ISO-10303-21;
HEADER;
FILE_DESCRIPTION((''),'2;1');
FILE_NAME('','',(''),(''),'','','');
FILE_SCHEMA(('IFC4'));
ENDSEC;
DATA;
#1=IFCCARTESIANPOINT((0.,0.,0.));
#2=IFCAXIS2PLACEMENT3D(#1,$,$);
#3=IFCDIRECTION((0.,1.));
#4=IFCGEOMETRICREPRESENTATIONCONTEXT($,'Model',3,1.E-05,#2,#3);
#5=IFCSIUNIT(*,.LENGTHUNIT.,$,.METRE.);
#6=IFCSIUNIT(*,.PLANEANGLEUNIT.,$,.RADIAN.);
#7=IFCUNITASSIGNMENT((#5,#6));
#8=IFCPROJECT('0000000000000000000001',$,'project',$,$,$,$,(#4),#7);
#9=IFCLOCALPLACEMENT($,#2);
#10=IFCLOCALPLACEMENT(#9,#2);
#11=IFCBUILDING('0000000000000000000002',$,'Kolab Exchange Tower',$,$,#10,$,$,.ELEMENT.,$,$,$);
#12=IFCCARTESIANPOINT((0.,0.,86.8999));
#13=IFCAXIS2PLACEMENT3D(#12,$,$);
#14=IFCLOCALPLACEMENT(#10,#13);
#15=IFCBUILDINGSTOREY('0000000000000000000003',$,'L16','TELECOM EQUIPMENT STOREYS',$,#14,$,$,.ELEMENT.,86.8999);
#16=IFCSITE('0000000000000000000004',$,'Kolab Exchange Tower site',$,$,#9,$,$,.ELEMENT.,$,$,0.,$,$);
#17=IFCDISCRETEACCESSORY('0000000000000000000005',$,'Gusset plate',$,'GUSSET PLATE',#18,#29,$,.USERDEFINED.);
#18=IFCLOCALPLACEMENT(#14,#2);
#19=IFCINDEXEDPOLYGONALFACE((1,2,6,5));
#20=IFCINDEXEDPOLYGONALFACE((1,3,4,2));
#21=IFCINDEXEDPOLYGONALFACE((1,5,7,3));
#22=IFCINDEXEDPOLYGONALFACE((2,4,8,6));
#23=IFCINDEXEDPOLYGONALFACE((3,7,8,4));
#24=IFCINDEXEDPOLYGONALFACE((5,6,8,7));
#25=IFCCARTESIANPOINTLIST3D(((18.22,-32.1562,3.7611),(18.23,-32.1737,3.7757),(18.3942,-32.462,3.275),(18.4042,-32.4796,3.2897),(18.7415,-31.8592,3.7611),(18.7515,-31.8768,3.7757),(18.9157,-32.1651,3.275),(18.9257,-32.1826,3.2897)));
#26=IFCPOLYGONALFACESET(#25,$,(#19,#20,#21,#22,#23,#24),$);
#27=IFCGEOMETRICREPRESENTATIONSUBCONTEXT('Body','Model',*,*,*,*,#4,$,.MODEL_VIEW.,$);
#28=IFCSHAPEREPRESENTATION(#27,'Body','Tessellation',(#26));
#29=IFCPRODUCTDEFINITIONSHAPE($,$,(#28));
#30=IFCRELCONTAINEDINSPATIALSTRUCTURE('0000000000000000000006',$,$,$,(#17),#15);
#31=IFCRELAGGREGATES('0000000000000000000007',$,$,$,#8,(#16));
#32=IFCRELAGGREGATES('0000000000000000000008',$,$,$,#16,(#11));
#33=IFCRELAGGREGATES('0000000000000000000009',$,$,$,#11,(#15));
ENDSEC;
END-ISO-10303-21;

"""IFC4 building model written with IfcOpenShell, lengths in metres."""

from ifc_helpers import new_model, si_unit, direction, frame, origin, origin_2d, place, context, subcontext, project, spatial, rectangle, extrude, element, save


model = new_model("IFC4")

# Units and contexts
model_context = context("Model", 3, precision=1e-05, world=origin(), true_north=direction((0.0, 1.0)))
body_context = subcontext(model_context, "Body", "Model", "MODEL_VIEW")
ifc_project = project(units=[si_unit("LENGTHUNIT", "METRE"), si_unit("PLANEANGLEUNIT", "RADIAN")], contexts=[model_context])

# Site, building, storey
site_placement = place(None, origin())
site = spatial("IfcSite", under=ifc_project, at=site_placement, Name="Kolab Exchange Tower site", CompositionType="ELEMENT", RefElevation=0.0)
building_placement = place(site_placement, origin())
building = spatial("IfcBuilding", under=site, at=building_placement, Name="Kolab Exchange Tower", CompositionType="ELEMENT")
storey_placement = place(building_placement, frame((0.0, 0.0, 86.8999)))
storey = spatial("IfcBuildingStorey", under=building, at=storey_placement, Name="L16", Description="TELECOM EQUIPMENT STOREYS", CompositionType="ELEMENT", Elevation=86.8999)

# Discrete accessory
discrete_accessory_1_placement = place(storey_placement, frame((18.5679, -32.1606, 3.5181), z_axis=(0.400788, -0.703822, 0.586518), x_axis=(0.868985, 0.494839, 0.0)))
element("IfcDiscreteAccessory", 1, at=discrete_accessory_1_placement, inside=storey, Name="Gusset plate", ObjectType="GUSSET PLATE", PredefinedType="USERDEFINED", context=body_context, shape_type="SweptSolid", body=[
    extrude(rectangle(XDim=0.6001, YDim=0.6001, at=origin_2d()), origin(), (0.0, 0.0, 1.0), 0.0249),
])

save(model, "model.ifc")
